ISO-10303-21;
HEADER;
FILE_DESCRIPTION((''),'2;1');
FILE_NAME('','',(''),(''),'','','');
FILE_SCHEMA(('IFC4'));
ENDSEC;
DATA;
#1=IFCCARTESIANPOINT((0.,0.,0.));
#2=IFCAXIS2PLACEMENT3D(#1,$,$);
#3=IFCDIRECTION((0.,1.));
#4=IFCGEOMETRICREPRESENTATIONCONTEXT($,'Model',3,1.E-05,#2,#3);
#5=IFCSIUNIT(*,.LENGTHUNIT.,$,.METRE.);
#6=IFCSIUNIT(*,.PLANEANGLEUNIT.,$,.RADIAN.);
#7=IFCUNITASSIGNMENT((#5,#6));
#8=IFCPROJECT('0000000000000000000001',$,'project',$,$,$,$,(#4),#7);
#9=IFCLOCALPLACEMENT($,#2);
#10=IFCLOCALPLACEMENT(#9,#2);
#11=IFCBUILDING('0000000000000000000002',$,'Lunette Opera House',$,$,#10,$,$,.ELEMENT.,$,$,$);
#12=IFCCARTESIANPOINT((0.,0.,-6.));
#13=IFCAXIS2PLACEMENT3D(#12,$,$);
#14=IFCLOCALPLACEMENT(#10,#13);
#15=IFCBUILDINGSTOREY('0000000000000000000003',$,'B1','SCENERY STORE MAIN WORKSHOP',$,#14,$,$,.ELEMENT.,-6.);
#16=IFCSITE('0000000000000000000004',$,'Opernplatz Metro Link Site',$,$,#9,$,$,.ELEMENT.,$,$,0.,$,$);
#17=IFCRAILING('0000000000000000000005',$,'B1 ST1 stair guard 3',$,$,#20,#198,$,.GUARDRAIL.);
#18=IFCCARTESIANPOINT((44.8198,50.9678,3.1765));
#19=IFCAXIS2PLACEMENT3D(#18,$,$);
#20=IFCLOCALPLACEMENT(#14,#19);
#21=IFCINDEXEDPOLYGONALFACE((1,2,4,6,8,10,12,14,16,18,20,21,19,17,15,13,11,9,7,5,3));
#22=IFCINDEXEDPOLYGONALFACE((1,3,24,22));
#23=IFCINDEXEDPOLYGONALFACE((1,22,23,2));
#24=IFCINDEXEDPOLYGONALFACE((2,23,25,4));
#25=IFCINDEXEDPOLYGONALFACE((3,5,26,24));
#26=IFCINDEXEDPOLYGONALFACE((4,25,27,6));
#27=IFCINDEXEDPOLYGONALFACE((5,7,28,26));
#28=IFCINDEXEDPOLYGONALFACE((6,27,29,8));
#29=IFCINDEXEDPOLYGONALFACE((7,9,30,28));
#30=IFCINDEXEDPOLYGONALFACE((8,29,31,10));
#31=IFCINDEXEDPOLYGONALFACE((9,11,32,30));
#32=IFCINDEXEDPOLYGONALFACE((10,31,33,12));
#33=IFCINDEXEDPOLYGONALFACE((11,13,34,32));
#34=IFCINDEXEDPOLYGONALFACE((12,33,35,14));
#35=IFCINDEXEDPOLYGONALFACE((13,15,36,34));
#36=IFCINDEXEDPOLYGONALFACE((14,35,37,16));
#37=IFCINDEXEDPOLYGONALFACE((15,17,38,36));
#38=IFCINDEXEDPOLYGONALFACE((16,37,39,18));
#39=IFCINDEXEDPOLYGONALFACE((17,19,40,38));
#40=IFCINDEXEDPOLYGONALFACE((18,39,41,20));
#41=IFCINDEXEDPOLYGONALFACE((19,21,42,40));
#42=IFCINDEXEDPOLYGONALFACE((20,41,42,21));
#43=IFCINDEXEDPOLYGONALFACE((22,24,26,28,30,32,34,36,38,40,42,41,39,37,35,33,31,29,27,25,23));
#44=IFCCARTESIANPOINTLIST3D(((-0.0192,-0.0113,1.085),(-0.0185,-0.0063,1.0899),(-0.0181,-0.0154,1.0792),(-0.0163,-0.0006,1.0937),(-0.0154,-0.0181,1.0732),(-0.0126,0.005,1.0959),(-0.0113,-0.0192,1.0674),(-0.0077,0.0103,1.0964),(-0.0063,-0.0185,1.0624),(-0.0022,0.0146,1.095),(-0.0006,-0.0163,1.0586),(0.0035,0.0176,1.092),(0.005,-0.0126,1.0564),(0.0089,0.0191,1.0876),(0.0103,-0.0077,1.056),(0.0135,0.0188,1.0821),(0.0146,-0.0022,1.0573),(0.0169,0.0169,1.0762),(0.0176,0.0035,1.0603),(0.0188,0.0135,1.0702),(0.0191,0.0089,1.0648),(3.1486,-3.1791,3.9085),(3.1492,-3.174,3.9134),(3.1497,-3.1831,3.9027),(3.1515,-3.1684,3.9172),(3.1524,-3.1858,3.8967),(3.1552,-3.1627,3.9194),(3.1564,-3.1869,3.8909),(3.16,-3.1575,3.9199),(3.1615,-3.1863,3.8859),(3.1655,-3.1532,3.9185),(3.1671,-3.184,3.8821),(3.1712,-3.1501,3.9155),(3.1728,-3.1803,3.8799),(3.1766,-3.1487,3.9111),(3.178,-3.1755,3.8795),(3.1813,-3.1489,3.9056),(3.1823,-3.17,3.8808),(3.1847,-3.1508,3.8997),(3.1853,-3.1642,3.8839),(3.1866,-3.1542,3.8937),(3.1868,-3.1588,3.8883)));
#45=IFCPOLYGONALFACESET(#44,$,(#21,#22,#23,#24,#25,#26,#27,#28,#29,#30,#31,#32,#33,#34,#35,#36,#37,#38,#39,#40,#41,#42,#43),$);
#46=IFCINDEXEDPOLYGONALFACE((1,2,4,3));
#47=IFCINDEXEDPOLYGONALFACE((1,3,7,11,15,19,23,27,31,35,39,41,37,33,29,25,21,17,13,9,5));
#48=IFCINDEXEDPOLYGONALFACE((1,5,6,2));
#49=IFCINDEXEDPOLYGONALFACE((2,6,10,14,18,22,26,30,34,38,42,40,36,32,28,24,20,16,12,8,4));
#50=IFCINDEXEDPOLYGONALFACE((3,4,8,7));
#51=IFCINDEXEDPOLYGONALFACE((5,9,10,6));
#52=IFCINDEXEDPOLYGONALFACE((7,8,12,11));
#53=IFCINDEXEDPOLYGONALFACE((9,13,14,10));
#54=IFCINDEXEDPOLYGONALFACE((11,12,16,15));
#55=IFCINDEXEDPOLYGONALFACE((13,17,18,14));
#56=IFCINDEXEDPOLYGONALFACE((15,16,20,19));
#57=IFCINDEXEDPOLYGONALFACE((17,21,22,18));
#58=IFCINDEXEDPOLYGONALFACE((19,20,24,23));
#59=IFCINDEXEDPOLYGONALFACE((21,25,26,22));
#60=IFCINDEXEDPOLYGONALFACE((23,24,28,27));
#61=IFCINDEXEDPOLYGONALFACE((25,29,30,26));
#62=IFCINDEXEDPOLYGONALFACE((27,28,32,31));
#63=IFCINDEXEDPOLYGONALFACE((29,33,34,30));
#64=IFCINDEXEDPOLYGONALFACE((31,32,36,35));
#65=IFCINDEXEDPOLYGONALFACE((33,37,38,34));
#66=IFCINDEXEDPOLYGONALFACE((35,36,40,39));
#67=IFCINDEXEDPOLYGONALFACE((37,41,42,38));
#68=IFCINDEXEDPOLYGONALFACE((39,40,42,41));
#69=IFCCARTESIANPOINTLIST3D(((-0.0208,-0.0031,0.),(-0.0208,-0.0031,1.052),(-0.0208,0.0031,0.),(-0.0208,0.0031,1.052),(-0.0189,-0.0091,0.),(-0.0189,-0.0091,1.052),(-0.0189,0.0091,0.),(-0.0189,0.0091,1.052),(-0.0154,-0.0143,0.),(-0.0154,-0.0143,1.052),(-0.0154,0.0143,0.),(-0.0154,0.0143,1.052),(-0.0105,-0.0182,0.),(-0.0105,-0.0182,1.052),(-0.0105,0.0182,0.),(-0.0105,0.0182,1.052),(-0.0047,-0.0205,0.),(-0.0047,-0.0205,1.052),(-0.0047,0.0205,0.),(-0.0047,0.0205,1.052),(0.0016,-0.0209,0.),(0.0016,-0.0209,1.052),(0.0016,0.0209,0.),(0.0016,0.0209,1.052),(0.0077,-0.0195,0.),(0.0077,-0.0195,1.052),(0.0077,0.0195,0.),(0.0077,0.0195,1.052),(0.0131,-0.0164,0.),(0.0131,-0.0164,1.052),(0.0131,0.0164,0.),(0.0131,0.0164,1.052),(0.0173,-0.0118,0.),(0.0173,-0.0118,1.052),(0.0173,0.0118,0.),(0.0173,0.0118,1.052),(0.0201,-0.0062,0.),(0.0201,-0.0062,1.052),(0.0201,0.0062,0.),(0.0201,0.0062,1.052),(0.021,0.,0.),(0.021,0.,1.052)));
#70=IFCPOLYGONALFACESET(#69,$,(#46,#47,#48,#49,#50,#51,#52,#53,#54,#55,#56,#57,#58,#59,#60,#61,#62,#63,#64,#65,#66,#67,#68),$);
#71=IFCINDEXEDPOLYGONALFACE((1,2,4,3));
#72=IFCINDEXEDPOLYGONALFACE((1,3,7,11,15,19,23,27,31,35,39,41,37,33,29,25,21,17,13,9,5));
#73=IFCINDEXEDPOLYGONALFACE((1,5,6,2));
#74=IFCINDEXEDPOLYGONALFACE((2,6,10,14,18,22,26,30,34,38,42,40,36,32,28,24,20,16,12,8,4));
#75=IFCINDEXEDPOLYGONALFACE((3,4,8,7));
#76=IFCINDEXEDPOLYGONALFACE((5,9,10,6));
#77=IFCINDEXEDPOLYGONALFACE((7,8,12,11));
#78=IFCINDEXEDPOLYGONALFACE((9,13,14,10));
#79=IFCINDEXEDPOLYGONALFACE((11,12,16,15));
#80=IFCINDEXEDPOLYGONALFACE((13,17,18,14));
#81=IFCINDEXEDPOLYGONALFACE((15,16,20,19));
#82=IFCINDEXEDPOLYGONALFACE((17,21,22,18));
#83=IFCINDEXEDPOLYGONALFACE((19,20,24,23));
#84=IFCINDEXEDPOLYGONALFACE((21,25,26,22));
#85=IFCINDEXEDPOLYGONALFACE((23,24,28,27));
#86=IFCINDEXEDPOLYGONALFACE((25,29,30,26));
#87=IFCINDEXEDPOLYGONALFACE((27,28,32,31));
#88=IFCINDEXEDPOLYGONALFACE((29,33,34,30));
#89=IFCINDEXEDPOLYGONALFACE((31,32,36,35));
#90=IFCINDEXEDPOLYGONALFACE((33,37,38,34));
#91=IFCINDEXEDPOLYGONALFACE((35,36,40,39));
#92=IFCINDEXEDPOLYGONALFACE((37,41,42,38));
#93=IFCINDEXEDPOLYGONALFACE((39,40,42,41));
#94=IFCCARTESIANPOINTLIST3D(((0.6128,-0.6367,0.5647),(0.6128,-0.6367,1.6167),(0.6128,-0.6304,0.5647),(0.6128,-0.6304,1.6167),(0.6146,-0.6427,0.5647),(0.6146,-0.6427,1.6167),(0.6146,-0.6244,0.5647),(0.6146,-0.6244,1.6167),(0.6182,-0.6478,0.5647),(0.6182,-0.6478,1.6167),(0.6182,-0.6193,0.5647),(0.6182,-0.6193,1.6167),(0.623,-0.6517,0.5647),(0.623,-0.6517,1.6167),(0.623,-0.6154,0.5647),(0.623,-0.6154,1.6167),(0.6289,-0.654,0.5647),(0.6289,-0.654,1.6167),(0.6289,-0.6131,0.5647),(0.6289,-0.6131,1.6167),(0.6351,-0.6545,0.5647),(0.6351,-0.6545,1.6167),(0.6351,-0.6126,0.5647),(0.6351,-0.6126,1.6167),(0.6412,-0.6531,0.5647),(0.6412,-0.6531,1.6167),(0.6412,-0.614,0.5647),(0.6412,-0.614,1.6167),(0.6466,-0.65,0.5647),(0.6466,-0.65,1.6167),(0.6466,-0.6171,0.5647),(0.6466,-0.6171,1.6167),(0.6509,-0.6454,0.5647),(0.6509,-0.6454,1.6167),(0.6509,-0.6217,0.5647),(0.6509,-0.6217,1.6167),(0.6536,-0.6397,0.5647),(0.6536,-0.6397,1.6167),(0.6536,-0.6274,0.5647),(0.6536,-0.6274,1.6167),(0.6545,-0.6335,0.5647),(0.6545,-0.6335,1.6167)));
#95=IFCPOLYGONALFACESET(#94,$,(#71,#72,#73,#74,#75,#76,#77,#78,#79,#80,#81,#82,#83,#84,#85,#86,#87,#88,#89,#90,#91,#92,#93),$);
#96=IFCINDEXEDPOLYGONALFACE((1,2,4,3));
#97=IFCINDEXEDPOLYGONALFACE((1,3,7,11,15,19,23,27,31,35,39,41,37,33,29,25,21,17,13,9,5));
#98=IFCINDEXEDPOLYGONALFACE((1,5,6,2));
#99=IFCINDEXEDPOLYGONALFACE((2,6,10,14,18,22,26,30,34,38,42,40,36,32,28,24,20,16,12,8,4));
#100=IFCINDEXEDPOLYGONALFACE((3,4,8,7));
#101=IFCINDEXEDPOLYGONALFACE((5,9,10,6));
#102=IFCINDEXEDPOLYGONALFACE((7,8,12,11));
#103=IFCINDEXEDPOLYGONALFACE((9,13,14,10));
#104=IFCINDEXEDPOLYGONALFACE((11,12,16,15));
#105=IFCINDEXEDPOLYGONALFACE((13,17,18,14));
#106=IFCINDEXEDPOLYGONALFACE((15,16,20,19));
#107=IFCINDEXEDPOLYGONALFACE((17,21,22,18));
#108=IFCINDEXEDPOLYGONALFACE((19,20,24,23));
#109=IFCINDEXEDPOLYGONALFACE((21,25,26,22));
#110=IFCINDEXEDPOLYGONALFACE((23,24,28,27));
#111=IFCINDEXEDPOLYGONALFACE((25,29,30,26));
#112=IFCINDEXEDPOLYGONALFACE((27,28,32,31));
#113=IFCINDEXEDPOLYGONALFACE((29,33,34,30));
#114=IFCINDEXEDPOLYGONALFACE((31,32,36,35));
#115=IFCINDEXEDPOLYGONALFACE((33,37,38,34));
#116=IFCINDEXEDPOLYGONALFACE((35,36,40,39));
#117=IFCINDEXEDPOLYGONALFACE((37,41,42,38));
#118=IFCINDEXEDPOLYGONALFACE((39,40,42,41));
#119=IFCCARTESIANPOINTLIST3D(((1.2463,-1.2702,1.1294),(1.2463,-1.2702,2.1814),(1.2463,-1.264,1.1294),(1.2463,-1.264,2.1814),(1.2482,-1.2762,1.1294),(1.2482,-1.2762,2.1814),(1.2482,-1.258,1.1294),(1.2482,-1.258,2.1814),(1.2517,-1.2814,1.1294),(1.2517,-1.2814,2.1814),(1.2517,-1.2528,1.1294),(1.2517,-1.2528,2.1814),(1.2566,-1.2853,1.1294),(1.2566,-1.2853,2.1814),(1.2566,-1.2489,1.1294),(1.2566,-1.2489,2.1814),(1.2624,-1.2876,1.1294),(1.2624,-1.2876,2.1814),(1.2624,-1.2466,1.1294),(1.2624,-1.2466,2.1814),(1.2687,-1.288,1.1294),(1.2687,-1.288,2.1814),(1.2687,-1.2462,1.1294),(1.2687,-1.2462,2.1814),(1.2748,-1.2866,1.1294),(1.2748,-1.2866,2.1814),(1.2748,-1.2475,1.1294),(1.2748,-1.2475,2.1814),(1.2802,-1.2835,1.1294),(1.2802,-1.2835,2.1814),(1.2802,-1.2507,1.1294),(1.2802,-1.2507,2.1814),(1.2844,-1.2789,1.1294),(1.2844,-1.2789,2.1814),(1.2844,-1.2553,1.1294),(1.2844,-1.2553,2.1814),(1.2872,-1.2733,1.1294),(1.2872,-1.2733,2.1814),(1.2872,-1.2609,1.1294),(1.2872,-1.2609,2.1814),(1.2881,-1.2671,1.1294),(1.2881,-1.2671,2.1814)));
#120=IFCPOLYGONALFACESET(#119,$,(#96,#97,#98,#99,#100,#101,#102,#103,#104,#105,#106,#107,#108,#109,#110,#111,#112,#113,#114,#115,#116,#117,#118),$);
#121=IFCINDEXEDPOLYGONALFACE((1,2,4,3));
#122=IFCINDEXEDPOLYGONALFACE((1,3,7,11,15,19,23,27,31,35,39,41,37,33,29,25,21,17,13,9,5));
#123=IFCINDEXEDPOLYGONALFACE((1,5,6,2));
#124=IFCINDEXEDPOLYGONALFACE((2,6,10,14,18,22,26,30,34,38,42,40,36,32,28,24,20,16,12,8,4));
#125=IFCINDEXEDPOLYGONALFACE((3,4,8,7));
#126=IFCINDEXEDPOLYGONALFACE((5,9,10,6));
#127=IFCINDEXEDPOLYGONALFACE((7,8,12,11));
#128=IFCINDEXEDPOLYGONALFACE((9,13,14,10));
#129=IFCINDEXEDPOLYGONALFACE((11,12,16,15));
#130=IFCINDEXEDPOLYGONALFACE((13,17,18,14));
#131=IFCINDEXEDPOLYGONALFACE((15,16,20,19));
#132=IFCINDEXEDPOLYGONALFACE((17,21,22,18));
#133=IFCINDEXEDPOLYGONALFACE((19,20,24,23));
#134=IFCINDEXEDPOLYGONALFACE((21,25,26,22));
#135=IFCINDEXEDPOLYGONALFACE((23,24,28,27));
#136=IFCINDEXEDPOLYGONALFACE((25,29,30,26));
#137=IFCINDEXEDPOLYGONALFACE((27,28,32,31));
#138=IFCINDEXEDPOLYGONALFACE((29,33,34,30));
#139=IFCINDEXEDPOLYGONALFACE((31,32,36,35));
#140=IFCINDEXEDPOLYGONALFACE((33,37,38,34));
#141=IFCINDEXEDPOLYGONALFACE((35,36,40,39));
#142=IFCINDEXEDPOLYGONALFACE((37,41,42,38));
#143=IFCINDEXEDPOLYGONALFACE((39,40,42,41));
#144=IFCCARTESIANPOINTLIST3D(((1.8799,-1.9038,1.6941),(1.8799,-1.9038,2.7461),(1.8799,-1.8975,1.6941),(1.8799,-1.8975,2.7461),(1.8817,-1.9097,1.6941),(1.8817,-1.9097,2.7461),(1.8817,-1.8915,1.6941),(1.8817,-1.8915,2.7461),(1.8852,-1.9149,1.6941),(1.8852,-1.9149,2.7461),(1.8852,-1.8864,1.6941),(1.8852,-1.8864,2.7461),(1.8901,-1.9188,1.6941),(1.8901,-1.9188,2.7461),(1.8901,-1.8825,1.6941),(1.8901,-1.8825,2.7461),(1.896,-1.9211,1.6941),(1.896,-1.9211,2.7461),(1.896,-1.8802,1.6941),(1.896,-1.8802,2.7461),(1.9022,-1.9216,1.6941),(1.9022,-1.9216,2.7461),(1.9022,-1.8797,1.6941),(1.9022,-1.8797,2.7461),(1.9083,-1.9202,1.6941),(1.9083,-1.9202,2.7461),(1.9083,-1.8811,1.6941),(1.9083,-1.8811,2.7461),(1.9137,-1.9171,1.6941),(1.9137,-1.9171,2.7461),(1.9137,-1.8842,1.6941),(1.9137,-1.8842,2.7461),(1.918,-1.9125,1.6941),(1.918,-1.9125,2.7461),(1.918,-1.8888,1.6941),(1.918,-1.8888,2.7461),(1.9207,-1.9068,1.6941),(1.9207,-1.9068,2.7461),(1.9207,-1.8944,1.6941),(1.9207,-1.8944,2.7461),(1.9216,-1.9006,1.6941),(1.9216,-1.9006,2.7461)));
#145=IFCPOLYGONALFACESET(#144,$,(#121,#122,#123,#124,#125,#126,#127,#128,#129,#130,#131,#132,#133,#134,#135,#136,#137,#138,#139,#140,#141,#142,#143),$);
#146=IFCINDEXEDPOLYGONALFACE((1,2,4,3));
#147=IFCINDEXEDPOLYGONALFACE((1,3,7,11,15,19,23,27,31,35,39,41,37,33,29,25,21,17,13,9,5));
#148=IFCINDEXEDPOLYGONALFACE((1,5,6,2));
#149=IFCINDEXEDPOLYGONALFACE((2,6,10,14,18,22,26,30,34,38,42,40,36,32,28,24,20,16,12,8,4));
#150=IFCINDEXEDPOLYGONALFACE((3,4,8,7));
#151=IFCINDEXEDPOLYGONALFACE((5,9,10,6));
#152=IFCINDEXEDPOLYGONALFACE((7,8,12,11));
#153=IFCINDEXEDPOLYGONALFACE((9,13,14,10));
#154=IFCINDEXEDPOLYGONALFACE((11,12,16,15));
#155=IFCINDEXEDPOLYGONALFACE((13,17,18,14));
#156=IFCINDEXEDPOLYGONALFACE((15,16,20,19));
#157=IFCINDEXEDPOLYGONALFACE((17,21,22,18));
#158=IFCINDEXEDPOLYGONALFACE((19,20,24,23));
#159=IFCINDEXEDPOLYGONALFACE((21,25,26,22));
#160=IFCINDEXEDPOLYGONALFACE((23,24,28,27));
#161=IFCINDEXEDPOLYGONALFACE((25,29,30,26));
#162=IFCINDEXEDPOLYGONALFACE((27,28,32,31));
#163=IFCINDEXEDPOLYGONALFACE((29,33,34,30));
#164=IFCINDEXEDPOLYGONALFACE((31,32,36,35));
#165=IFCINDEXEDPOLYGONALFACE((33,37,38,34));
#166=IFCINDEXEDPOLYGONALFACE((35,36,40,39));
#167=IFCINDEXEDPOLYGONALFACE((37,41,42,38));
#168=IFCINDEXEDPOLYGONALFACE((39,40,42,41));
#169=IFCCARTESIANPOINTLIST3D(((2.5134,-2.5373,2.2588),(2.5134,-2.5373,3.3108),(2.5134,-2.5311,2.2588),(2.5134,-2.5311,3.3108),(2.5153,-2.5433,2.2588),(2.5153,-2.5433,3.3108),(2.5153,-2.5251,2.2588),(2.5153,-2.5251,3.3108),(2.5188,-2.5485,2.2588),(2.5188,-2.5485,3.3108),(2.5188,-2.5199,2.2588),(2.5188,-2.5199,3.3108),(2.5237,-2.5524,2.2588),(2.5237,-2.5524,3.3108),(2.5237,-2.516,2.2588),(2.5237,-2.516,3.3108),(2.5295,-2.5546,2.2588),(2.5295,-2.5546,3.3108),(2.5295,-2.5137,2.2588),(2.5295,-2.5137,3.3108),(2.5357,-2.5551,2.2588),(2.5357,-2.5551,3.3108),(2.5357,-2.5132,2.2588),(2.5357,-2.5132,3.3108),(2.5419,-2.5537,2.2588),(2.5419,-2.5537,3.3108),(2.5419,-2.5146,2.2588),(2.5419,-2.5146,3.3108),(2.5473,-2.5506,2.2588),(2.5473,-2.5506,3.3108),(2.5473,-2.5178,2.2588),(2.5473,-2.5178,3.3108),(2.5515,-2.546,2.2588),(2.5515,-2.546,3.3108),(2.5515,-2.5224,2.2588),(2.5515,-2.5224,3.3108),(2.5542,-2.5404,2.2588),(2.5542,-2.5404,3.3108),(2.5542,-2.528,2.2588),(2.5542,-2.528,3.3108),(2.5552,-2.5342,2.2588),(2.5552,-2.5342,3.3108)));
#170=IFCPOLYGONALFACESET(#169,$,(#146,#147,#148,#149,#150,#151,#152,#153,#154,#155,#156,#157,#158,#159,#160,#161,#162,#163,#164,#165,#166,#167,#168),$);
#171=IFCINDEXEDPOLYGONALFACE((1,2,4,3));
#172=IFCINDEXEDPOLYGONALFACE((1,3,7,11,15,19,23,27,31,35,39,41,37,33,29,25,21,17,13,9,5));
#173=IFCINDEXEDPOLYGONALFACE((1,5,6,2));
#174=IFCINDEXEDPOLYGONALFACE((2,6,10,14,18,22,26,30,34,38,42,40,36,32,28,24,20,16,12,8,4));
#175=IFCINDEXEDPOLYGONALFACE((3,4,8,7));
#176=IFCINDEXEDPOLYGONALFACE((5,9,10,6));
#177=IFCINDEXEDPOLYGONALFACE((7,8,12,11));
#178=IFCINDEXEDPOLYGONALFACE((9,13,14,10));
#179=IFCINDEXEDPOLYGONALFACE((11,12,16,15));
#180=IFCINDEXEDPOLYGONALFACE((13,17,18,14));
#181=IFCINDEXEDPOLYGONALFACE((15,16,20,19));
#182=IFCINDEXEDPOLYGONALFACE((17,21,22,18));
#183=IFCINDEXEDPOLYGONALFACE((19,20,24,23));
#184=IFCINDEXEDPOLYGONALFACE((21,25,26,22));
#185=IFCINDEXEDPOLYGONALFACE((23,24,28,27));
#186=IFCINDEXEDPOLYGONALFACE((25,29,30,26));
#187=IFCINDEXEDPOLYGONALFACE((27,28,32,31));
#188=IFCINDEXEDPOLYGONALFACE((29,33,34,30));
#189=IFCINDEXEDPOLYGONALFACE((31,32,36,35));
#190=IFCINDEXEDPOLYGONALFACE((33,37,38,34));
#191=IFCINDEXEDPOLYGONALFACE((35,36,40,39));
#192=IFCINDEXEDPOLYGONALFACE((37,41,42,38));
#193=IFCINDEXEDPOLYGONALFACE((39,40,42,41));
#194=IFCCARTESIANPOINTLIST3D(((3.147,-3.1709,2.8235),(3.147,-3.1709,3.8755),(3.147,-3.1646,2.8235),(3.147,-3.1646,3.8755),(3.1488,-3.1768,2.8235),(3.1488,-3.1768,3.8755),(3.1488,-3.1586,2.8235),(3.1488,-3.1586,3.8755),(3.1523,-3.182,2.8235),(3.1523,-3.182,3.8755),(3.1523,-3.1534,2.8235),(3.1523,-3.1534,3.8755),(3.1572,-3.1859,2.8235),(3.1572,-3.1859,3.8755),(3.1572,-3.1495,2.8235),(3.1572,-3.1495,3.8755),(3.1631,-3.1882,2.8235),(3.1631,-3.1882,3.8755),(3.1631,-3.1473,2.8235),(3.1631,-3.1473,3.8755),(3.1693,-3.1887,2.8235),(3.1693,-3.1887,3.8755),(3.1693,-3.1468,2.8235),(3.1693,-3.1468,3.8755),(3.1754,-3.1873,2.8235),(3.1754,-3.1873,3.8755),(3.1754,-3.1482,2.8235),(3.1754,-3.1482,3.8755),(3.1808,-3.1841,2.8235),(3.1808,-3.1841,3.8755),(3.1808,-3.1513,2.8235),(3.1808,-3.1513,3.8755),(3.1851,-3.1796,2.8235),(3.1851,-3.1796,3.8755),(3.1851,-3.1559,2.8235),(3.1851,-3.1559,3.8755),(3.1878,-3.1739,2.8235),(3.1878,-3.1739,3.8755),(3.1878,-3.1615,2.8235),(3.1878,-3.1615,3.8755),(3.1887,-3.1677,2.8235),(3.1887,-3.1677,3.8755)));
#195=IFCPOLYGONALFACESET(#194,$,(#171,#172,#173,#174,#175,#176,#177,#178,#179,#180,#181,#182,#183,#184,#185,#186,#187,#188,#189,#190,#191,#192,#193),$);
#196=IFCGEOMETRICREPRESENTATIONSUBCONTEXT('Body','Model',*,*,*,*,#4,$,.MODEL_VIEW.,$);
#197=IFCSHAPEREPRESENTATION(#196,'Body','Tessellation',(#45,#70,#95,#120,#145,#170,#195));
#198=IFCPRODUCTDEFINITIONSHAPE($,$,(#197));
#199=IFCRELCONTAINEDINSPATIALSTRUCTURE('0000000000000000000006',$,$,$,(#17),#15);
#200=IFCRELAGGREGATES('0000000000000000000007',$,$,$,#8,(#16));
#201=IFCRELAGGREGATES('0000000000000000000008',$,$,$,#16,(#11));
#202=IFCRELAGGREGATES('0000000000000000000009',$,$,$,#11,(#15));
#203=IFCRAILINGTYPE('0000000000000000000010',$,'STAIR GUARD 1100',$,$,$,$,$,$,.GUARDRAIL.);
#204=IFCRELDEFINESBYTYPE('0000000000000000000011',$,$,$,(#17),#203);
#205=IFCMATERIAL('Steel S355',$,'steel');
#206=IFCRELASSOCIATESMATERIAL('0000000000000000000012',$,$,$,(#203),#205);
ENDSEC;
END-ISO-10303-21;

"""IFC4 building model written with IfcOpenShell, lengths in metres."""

from ifc_helpers import new_model, si_unit, direction, frame, origin, origin_2d, place, context, subcontext, project, spatial, circle, extrude, material, type_object, element, save


model = new_model("IFC4")

# Units and contexts
model_context = context("Model", 3, precision=1e-05, world=origin(), true_north=direction((0.0, 1.0)))
body_context = subcontext(model_context, "Body", "Model", "MODEL_VIEW")
ifc_project = project(units=[si_unit("LENGTHUNIT", "METRE"), si_unit("PLANEANGLEUNIT", "RADIAN")], contexts=[model_context])

# Site, building, storey
site_placement = place(None, origin())
site = spatial("IfcSite", under=ifc_project, at=site_placement, Name="Opernplatz Metro Link Site", CompositionType="ELEMENT", RefElevation=0.0)
building_placement = place(site_placement, origin())
building = spatial("IfcBuilding", under=site, at=building_placement, Name="Lunette Opera House", CompositionType="ELEMENT")
storey_placement = place(building_placement, frame((0.0, 0.0, -6.0)))
storey = spatial("IfcBuildingStorey", under=building, at=storey_placement, Name="B1", Description="SCENERY STORE MAIN WORKSHOP", CompositionType="ELEMENT", Elevation=-6.0)

# Railing
ifc_material_1 = material(Name="Steel S355", Category="steel")
railing_type_1 = type_object("IfcRailingType", Name="STAIR GUARD 1100", PredefinedType="GUARDRAIL", material=ifc_material_1)
railing_1_placement = place(storey_placement, frame((44.8198, 50.9678, 3.1765)))
element("IfcRailing", 1, at=railing_1_placement, inside=storey, type_object=railing_type_1, Name="B1 ST1 stair guard 3", PredefinedType="GUARDRAIL", context=body_context, shape_type="SweptSolid", body=[
    extrude(circle(Radius=0.0239, at=origin_2d()), frame((0.0, 0.0, 1.0762), z_axis=(0.598206, -0.598206, 0.533198), x_axis=(0.707107, 0.707107, 0.0)), (0.0, 0.0, 1.0), 5.2954),
    extrude(circle(Radius=0.021, at=origin_2d()), origin(), (0.0, 0.0, 1.0), 1.052),
    extrude(circle(Radius=0.021, at=origin_2d()), frame((0.6335, -0.6335, 0.5647)), (0.0, 0.0, 1.0), 1.052),
    extrude(circle(Radius=0.021, at=origin_2d()), frame((1.2671, -1.2671, 1.1294)), (0.0, 0.0, 1.0), 1.052),
    extrude(circle(Radius=0.021, at=origin_2d()), frame((1.9006, -1.9006, 1.6941)), (0.0, 0.0, 1.0), 1.052),
    extrude(circle(Radius=0.021, at=origin_2d()), frame((2.5342, -2.5342, 2.2588)), (0.0, 0.0, 1.0), 1.052),
    extrude(circle(Radius=0.021, at=origin_2d()), frame((3.1677, -3.1677, 2.8235)), (0.0, 0.0, 1.0), 1.052),
])

save(model, "model.ifc")
